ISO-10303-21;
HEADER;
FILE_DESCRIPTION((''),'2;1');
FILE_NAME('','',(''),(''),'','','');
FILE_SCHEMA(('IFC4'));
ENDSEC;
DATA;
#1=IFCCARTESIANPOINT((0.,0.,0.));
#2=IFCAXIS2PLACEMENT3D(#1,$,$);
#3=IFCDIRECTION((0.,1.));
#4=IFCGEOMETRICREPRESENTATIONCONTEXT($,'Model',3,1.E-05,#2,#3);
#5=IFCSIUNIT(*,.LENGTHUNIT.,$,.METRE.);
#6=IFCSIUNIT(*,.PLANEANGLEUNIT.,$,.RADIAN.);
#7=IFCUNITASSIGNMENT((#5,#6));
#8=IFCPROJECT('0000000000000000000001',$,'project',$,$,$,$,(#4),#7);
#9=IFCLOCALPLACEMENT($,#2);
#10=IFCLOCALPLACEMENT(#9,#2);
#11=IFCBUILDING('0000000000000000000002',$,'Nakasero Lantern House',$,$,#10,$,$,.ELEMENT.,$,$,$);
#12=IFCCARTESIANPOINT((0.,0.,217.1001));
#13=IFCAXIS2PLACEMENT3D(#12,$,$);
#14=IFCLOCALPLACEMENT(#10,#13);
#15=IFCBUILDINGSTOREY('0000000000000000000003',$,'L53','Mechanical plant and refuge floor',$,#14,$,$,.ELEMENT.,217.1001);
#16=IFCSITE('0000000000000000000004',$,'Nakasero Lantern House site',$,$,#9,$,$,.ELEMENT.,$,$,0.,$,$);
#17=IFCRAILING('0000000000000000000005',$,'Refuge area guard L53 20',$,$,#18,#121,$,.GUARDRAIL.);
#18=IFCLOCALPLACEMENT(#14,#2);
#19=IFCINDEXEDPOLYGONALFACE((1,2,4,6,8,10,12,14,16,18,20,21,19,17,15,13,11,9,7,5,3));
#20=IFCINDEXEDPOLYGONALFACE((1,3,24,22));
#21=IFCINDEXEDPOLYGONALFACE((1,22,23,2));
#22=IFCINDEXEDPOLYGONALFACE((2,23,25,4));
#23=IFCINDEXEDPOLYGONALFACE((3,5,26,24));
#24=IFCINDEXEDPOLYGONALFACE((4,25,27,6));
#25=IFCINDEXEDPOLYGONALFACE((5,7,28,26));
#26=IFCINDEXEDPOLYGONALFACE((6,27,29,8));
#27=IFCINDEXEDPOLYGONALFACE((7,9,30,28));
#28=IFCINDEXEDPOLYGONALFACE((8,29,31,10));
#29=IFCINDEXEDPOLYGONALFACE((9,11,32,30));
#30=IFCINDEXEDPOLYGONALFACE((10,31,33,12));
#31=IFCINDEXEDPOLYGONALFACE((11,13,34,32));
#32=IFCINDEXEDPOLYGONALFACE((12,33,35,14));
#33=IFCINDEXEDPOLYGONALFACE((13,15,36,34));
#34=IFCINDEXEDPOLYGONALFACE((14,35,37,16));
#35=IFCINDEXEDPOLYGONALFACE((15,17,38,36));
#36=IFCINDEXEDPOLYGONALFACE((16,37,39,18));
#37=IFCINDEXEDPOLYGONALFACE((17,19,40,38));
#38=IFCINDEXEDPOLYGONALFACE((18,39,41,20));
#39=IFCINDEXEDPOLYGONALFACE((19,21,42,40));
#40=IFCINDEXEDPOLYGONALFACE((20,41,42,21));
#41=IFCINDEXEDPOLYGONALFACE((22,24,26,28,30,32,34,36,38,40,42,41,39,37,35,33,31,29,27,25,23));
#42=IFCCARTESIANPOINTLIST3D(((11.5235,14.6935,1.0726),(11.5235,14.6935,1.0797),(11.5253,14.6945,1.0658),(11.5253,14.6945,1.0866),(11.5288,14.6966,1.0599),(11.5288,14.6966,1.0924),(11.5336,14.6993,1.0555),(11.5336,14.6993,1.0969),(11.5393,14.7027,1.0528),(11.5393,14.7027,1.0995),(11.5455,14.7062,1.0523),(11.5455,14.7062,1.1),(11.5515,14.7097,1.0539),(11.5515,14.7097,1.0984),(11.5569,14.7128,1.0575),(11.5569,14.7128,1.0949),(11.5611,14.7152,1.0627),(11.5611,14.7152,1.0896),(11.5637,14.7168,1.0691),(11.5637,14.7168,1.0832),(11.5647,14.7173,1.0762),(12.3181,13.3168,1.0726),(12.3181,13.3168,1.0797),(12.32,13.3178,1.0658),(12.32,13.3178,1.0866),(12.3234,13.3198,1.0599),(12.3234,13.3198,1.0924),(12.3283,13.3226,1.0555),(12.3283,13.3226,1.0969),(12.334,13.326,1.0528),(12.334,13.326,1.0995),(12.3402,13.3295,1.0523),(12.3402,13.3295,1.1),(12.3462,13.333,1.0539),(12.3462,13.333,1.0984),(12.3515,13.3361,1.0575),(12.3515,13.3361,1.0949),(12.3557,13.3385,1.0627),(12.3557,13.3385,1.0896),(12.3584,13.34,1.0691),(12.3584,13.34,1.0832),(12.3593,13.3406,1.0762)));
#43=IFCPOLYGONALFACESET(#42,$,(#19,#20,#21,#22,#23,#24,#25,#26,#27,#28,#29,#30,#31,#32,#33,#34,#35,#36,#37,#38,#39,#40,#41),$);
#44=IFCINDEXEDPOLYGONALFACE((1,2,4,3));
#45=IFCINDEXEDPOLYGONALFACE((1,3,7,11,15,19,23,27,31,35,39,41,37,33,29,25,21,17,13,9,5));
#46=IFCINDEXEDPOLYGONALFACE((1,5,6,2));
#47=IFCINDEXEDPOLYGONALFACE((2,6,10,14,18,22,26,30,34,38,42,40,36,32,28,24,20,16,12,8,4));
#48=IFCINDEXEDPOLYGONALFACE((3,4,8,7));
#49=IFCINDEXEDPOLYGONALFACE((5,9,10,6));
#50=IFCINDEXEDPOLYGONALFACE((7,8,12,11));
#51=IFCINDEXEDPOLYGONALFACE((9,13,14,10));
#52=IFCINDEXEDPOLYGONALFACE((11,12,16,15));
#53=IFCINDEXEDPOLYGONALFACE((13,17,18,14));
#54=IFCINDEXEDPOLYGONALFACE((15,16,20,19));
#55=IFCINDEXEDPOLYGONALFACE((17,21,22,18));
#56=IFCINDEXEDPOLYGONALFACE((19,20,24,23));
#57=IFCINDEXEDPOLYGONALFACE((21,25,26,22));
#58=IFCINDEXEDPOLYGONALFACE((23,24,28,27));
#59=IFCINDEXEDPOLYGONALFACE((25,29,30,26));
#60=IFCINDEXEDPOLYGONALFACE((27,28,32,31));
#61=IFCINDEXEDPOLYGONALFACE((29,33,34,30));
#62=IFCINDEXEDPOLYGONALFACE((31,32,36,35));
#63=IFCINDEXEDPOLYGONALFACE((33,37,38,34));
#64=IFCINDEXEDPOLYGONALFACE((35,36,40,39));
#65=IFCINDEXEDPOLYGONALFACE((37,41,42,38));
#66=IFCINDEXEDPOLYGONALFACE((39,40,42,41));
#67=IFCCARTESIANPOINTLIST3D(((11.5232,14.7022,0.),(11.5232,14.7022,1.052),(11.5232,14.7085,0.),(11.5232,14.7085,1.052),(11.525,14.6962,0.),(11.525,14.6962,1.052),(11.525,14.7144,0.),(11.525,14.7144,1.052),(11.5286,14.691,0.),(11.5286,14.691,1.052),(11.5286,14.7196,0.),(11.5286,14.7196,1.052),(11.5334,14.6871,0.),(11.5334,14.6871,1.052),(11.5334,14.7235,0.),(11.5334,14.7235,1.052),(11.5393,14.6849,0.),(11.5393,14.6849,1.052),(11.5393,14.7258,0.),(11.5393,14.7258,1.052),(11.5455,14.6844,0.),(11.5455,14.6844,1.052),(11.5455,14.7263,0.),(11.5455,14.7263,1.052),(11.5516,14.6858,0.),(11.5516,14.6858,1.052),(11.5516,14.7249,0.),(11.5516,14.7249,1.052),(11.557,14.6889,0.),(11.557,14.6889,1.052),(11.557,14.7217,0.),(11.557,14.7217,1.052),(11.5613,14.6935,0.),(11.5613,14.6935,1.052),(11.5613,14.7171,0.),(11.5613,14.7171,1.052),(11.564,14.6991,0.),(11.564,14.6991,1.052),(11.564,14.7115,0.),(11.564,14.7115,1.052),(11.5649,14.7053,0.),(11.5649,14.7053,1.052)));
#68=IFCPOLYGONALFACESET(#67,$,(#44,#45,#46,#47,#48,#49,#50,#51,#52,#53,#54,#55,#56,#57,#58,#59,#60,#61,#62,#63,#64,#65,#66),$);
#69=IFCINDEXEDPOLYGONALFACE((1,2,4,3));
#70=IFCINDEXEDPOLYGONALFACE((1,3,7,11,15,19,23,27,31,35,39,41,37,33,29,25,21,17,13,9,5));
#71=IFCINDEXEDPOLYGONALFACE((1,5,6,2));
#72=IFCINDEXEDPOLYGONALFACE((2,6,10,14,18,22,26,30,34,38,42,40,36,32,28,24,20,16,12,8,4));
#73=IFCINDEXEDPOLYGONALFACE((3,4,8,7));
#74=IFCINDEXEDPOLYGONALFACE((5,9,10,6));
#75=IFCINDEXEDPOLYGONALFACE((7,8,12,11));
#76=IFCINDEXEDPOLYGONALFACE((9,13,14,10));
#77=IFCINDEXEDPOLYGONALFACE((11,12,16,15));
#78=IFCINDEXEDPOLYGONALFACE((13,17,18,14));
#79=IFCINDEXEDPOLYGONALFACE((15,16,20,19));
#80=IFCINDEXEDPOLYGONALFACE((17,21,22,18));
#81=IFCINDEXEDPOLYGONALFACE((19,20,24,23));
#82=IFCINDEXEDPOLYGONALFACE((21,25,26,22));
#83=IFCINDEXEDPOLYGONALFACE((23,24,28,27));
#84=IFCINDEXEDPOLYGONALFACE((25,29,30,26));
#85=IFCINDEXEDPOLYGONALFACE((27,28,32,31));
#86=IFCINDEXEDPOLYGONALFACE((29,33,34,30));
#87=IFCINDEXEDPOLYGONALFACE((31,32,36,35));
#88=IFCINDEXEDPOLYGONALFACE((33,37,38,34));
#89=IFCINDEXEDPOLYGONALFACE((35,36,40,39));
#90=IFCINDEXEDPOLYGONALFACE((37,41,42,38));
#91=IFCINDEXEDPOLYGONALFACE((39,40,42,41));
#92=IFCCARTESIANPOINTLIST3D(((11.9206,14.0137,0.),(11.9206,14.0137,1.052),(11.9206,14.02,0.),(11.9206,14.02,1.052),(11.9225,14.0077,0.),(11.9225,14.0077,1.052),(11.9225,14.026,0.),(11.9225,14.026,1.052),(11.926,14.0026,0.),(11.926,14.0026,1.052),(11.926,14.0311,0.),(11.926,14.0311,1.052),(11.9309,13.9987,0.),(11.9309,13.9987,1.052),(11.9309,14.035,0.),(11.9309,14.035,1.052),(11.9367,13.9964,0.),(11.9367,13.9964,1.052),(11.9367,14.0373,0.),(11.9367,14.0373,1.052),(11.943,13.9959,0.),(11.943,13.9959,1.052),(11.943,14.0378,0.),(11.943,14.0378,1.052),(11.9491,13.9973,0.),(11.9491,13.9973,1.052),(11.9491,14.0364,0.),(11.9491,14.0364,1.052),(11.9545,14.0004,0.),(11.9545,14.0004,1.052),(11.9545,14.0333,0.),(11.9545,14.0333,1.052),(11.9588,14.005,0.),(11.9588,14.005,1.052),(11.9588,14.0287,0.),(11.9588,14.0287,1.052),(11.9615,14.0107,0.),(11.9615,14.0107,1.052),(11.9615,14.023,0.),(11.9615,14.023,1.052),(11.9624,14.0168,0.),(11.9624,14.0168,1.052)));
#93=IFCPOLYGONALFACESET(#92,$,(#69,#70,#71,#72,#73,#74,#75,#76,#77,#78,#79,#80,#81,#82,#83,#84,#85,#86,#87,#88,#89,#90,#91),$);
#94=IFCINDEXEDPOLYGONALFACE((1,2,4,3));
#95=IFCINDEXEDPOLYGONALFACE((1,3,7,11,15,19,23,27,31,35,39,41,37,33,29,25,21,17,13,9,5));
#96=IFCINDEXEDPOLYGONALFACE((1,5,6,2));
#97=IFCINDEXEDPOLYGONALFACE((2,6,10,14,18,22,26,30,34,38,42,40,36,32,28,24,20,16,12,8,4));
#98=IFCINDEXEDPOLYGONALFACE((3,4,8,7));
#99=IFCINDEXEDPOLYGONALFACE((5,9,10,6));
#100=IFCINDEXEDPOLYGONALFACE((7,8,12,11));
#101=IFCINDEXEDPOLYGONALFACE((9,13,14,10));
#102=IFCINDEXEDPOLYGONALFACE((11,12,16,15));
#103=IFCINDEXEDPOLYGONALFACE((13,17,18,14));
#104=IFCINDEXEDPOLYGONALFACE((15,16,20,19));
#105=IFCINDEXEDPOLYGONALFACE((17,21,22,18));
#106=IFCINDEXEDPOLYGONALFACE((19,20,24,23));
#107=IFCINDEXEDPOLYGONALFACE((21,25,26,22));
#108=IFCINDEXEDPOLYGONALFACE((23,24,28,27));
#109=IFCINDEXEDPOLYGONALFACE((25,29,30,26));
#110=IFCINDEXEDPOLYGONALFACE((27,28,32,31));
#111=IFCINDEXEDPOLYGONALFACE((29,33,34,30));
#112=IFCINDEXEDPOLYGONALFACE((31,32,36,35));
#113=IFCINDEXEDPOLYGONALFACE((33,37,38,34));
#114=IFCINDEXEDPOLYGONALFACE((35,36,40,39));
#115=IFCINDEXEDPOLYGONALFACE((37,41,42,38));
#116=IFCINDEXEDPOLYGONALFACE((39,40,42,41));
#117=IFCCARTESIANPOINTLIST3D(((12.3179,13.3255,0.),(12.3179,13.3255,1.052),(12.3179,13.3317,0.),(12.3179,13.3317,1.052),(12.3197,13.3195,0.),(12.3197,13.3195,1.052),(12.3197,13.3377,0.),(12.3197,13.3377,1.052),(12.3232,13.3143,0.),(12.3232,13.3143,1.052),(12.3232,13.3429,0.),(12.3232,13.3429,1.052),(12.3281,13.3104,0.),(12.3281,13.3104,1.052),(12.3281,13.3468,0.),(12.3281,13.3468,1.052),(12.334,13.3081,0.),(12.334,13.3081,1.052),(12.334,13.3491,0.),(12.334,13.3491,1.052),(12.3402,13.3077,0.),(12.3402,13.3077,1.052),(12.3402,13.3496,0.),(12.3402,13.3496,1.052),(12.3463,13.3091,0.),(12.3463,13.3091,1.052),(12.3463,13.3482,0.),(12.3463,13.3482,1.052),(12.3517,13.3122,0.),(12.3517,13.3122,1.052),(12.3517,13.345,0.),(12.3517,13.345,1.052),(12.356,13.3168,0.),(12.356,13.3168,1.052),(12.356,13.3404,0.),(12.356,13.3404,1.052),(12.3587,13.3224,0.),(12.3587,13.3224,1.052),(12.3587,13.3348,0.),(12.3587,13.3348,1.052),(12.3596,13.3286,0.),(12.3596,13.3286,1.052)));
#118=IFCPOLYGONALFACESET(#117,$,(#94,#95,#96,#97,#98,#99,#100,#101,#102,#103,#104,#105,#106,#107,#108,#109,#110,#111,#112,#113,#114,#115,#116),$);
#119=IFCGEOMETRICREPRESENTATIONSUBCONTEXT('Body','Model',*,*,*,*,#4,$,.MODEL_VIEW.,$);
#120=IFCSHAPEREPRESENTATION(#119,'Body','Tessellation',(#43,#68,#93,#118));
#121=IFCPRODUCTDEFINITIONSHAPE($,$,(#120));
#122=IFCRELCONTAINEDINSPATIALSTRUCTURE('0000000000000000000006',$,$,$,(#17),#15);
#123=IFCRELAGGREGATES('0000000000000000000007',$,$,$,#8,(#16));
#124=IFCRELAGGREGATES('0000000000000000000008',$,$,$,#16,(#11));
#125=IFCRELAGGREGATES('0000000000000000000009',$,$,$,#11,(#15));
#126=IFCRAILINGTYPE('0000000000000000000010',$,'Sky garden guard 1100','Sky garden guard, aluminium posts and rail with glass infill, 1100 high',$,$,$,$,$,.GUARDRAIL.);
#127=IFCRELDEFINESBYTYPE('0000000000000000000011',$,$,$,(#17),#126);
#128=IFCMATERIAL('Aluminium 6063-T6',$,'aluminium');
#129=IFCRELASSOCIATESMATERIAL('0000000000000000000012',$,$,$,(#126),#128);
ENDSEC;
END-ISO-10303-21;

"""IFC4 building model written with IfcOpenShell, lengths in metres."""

from ifc_helpers import new_model, si_unit, direction, frame, origin, origin_2d, place, context, subcontext, project, spatial, circle, extrude, material, type_object, element, save


model = new_model("IFC4")

# Units and contexts
model_context = context("Model", 3, precision=1e-05, world=origin(), true_north=direction((0.0, 1.0)))
body_context = subcontext(model_context, "Body", "Model", "MODEL_VIEW")
ifc_project = project(units=[si_unit("LENGTHUNIT", "METRE"), si_unit("PLANEANGLEUNIT", "RADIAN")], contexts=[model_context])

# Site, building, storey
site_placement = place(None, origin())
site = spatial("IfcSite", under=ifc_project, at=site_placement, Name="Nakasero Lantern House site", CompositionType="ELEMENT", RefElevation=0.0)
building_placement = place(site_placement, origin())
building = spatial("IfcBuilding", under=site, at=building_placement, Name="Nakasero Lantern House", CompositionType="ELEMENT")
storey_placement = place(building_placement, frame((0.0, 0.0, 217.1001)))
storey = spatial("IfcBuildingStorey", under=building, at=storey_placement, Name="L53", Description="Mechanical plant and refuge floor", CompositionType="ELEMENT", Elevation=217.1001)

# Railing
ifc_material_1 = material(Name="Aluminium 6063-T6", Category="aluminium")
railing_type = type_object("IfcRailingType", Name="Sky garden guard 1100", Description="Sky garden guard, aluminium posts and rail with glass infill, 1100 high", PredefinedType="GUARDRAIL", material=ifc_material_1)
railing_1_placement = place(storey_placement, frame((11.5439, 14.7053, 0.0)))
element("IfcRailing", 1, at=railing_1_placement, inside=storey, type_object=railing_type, Name="Refuge area guard L53 20", PredefinedType="GUARDRAIL", context=body_context, shape_type="SweptSolid", body=[
    extrude(circle(Radius=0.0239, at=origin_2d()), frame((0.0, 0.0, 1.0762), z_axis=(0.499922, -0.866071, 0.0), x_axis=(0.866071, 0.499922, 0.0)), (0.0, 0.0, 1.0), 1.5896),
    extrude(circle(Radius=0.021, at=origin_2d()), origin(), (0.0, 0.0, 1.0), 1.052),
    extrude(circle(Radius=0.021, at=origin_2d()), frame((0.3975, -0.6885, 0.0)), (0.0, 0.0, 1.0), 1.052),
    extrude(circle(Radius=0.021, at=origin_2d()), frame((0.7947, -1.3767, 0.0)), (0.0, 0.0, 1.0), 1.052),
])

save(model, "model.ifc")
